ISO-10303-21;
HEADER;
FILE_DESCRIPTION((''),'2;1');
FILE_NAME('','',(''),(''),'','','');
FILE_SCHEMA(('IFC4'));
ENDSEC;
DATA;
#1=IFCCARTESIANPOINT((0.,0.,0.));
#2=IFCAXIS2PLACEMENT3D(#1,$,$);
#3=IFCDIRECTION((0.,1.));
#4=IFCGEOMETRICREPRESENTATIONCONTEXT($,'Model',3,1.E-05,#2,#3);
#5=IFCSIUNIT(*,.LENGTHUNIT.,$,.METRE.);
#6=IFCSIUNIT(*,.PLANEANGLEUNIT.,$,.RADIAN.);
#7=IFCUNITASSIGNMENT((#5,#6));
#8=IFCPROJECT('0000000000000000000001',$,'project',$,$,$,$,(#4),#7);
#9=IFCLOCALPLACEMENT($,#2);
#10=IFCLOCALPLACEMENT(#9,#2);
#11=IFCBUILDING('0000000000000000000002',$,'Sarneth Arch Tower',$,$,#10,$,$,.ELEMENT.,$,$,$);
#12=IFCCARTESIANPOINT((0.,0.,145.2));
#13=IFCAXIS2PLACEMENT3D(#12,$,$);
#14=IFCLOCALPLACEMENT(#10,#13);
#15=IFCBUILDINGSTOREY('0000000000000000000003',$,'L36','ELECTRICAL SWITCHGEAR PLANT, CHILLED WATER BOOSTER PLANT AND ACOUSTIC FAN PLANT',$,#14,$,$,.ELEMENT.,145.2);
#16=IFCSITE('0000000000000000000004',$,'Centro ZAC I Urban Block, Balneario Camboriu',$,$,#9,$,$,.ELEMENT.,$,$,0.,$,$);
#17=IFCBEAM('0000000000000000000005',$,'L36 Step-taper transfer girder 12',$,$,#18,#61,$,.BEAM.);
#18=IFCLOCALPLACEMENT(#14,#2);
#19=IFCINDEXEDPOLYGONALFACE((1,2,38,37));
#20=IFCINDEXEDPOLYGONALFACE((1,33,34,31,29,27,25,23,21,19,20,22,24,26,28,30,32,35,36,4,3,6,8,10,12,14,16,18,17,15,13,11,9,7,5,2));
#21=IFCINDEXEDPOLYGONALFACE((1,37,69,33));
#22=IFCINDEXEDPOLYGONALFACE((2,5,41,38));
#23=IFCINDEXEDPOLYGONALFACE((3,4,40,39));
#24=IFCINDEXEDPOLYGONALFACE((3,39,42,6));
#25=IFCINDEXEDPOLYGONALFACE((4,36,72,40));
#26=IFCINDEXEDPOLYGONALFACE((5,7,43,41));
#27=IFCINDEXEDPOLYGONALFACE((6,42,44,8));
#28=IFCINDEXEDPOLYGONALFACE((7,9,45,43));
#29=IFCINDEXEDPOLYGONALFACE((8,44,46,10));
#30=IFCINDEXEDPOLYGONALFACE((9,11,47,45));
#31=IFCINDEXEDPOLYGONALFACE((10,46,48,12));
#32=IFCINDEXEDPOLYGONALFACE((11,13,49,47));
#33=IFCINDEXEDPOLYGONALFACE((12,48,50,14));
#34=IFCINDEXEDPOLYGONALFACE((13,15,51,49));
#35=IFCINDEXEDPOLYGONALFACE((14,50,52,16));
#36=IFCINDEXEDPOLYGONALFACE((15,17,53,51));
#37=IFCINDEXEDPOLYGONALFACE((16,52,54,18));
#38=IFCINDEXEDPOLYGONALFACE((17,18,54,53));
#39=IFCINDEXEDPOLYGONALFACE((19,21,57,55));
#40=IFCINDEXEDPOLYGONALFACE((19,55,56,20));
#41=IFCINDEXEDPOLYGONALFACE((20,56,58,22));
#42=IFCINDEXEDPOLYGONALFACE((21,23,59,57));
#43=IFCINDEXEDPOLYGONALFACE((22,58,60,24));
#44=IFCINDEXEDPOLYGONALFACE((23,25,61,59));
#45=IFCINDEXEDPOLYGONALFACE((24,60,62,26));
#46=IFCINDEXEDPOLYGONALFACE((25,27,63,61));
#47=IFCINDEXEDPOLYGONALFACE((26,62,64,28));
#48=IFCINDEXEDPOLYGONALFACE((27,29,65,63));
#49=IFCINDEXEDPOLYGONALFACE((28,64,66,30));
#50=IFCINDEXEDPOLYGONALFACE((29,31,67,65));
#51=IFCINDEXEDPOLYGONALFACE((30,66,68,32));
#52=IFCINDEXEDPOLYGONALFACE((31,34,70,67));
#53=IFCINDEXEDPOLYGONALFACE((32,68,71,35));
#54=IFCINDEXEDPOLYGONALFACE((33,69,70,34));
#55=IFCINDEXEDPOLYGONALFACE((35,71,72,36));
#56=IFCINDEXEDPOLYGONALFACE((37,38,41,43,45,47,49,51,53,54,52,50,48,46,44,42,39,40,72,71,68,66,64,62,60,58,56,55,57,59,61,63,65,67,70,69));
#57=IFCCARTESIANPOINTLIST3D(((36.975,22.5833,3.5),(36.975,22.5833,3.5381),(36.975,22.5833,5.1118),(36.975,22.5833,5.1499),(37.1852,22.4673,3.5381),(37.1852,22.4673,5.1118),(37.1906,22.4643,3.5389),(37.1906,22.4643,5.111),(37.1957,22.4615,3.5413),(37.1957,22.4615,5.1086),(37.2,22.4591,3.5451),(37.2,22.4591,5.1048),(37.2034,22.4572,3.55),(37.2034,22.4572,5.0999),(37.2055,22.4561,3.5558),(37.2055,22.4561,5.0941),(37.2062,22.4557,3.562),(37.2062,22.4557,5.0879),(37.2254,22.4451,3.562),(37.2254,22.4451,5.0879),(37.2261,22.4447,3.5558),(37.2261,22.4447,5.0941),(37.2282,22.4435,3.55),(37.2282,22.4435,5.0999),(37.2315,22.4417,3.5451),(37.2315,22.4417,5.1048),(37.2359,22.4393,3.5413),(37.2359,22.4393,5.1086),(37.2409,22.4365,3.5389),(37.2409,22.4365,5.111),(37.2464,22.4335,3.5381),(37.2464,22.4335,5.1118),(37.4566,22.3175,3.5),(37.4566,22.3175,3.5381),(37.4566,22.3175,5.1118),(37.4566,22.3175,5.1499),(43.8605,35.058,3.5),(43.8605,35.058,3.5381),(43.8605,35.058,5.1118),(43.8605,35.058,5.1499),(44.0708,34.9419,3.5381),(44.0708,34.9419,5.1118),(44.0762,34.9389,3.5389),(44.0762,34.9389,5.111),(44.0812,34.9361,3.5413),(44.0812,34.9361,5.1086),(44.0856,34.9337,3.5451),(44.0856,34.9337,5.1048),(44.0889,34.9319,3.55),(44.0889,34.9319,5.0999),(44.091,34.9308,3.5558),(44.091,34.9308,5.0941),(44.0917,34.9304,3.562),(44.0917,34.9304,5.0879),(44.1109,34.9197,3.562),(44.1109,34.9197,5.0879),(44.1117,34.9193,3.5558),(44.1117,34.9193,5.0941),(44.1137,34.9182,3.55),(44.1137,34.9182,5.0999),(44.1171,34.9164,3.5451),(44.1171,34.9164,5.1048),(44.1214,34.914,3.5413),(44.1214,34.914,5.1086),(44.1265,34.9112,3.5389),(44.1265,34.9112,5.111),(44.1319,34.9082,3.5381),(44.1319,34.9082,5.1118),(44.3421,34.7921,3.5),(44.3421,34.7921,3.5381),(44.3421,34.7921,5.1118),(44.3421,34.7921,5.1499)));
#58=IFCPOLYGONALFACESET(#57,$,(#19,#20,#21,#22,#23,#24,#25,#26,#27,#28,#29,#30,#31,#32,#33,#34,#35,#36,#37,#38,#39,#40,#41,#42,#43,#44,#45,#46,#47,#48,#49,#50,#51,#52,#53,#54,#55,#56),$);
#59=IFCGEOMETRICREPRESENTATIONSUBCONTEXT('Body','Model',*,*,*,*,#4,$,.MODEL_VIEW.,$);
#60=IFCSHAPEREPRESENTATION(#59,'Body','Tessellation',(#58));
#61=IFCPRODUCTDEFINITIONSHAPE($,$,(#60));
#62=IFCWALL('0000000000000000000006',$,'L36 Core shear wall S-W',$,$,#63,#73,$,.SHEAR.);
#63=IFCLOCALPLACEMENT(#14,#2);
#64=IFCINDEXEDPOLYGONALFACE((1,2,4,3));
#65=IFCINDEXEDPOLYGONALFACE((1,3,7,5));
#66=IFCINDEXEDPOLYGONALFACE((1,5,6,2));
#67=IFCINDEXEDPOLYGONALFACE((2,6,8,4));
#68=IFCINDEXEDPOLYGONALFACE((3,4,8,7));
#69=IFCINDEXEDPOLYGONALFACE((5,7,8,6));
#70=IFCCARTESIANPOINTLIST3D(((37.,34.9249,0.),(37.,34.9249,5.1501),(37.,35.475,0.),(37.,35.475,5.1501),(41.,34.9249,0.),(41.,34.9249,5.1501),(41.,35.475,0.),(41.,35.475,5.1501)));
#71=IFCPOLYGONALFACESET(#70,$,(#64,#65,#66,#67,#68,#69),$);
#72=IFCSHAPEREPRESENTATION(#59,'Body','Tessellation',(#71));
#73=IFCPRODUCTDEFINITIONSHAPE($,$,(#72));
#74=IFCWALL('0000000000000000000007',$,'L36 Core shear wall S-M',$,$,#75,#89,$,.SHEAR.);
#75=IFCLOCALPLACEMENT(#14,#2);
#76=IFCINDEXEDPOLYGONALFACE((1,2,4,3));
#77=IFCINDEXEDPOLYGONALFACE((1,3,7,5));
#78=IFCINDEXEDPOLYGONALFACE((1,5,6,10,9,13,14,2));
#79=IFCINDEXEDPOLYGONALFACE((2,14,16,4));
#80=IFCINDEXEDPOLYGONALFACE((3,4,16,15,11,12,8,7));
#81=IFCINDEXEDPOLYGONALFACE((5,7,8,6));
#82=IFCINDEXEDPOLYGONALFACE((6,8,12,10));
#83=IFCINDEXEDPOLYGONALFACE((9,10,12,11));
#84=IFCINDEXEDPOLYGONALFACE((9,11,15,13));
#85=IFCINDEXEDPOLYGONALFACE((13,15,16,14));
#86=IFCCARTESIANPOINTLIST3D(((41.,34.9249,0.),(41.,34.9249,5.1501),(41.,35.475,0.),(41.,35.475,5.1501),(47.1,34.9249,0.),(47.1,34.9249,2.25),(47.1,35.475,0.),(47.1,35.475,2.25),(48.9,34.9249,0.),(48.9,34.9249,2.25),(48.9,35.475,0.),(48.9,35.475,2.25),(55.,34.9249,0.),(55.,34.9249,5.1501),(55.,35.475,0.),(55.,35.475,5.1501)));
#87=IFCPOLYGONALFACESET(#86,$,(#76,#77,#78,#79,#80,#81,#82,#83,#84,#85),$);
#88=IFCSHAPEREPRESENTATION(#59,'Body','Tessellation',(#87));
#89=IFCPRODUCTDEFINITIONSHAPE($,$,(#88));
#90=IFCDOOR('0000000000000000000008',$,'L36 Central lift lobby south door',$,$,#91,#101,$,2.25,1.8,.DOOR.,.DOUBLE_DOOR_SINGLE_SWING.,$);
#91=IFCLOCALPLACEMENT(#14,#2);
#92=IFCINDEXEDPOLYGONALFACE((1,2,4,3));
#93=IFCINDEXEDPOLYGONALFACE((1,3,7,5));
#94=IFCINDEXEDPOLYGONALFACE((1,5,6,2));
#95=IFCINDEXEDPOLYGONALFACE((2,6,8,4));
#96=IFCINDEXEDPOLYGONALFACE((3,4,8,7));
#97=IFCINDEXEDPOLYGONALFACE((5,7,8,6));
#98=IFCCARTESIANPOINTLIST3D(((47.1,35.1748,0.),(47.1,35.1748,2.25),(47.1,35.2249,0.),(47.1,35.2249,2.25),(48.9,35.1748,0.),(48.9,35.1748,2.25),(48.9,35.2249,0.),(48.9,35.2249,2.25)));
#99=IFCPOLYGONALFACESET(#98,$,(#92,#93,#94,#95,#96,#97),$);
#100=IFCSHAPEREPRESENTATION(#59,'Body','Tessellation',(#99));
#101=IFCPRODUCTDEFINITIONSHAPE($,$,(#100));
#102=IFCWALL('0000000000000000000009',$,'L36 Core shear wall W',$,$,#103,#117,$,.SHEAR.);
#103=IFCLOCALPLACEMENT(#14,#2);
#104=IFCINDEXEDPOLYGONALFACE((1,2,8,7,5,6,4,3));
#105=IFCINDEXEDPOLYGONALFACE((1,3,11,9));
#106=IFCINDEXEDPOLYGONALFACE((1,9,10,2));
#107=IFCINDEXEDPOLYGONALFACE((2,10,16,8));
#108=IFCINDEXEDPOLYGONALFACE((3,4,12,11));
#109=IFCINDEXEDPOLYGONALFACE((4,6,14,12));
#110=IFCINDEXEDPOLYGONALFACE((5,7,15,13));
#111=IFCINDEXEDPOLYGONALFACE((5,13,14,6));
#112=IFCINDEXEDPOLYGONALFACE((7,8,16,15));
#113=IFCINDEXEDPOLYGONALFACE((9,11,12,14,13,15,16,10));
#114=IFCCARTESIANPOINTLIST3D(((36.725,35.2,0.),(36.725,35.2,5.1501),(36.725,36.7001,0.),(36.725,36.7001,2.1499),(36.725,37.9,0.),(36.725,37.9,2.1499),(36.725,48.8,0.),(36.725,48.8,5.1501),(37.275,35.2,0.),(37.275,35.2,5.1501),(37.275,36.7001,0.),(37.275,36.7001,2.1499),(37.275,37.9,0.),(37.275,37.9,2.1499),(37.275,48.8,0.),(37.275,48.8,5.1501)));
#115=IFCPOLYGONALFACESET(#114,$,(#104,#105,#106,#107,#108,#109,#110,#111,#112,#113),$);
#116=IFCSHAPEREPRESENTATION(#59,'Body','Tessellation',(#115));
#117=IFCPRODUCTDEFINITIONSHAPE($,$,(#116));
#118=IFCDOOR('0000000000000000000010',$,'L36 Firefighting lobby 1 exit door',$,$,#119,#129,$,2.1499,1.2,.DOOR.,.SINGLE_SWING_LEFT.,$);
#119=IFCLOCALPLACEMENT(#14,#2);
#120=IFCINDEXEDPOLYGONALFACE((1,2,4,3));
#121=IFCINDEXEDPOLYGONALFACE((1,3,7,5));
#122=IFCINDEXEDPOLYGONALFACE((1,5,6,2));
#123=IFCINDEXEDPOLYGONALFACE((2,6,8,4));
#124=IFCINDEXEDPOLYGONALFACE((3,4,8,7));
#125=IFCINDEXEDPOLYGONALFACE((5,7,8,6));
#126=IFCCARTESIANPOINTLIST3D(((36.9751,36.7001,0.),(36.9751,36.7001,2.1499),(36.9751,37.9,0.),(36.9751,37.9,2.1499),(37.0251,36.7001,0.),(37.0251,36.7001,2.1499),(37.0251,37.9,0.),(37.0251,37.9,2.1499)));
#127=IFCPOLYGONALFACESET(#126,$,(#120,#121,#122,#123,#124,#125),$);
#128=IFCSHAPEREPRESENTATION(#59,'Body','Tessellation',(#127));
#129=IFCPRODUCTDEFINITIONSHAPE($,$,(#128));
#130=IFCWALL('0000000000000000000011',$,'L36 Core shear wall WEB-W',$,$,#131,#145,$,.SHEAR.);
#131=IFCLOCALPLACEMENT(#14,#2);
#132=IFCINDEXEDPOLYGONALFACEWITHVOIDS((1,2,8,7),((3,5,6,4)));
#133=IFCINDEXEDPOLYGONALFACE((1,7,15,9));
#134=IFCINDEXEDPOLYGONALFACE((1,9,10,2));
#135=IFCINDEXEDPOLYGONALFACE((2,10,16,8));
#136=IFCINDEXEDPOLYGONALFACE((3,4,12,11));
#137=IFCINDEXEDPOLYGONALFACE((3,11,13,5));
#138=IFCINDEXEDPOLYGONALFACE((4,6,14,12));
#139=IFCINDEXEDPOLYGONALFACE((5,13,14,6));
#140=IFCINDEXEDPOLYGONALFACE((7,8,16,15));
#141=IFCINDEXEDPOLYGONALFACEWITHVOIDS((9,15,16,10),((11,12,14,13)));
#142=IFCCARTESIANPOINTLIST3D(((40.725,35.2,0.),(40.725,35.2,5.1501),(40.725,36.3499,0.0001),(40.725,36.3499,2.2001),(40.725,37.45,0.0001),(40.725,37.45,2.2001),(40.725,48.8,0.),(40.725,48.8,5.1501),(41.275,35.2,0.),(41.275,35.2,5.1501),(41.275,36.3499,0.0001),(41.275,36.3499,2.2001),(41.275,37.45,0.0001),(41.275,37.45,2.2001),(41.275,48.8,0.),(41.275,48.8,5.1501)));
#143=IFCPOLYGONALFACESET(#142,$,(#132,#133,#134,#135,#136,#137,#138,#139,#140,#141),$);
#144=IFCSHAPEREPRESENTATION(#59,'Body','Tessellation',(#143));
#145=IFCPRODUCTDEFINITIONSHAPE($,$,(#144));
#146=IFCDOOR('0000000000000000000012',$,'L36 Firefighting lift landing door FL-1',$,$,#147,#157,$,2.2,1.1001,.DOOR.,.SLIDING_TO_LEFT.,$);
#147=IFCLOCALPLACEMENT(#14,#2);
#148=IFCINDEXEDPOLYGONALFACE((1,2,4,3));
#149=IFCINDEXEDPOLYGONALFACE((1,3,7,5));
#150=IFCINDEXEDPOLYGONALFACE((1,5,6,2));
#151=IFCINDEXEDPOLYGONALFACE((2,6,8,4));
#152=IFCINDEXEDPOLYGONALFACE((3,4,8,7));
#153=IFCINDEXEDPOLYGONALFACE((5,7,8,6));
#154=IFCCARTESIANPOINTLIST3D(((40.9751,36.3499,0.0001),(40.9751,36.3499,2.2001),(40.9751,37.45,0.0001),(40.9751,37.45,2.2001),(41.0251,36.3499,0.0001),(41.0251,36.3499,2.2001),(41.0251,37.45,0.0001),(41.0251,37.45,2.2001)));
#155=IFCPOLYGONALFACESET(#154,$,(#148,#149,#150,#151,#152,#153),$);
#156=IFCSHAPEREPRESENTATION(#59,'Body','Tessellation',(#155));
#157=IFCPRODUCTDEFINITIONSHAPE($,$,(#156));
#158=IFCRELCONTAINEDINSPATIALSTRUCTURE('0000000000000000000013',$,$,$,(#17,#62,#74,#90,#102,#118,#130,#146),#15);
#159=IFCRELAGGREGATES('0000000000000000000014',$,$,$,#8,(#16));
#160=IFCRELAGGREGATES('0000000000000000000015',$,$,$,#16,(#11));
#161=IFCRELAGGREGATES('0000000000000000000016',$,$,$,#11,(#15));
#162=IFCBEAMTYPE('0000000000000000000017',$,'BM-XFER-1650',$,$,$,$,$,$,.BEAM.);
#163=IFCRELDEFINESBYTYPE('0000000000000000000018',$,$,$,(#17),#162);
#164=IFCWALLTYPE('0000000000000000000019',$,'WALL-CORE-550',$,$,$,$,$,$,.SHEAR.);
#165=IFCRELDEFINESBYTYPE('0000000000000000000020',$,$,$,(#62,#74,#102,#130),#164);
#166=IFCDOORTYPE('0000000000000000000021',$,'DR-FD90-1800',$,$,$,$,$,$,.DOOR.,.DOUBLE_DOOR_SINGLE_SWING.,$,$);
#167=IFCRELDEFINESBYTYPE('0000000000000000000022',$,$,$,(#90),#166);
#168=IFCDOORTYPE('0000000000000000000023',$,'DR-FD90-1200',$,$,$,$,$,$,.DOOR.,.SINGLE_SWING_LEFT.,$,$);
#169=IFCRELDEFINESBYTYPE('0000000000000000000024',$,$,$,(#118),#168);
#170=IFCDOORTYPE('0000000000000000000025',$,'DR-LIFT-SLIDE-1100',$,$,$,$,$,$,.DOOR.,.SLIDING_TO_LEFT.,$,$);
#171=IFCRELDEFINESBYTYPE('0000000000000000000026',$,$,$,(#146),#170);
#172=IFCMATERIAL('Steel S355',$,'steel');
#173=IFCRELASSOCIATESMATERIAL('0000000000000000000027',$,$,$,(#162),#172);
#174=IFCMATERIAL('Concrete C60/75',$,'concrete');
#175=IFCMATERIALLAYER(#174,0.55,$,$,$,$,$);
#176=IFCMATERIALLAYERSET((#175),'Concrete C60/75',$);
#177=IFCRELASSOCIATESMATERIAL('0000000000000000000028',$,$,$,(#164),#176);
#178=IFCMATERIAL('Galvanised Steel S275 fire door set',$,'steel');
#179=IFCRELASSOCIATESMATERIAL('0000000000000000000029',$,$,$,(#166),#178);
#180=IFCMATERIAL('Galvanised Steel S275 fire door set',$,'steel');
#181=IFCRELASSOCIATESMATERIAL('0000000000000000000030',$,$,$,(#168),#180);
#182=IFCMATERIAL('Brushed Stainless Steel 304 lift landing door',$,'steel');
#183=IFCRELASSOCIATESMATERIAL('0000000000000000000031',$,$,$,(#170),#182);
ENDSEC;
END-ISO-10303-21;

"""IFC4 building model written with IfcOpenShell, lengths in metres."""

from ifc_helpers import new_model, si_unit, direction, frame, frame_2d, origin, origin_2d, place, context, subcontext, project, spatial, rectangle, i_section, extrude, material, layer, layer_set, material_profile, profile_set, type_object, element, fill, save


model = new_model("IFC4")

# Units and contexts
model_context = context("Model", 3, precision=1e-05, world=origin(), true_north=direction((0.0, 1.0)))
body_context = subcontext(model_context, "Body", "Model", "MODEL_VIEW")
ifc_project = project(units=[si_unit("LENGTHUNIT", "METRE"), si_unit("PLANEANGLEUNIT", "RADIAN")], contexts=[model_context])

# Site, building, storey
site_placement = place(None, origin())
site = spatial("IfcSite", under=ifc_project, at=site_placement, Name="Centro ZAC I Urban Block, Balneario Camboriu", CompositionType="ELEMENT", RefElevation=0.0)
building_placement = place(site_placement, origin())
building = spatial("IfcBuilding", under=site, at=building_placement, Name="Sarneth Arch Tower", CompositionType="ELEMENT")
storey_placement = place(building_placement, frame((0.0, 0.0, 145.2)))
storey = spatial("IfcBuildingStorey", under=building, at=storey_placement, Name="L36", Description="ELECTRICAL SWITCHGEAR PLANT, CHILLED WATER BOOSTER PLANT AND ACOUSTIC FAN PLANT", CompositionType="ELEMENT", Elevation=145.2)

# Beam
ifc_material_1 = material(Name="Steel S355", Category="steel")
ifc_material_profile_1 = material_profile(ifc_material_1, i_section(OverallWidth=0.55, OverallDepth=1.6499, WebThickness=0.022, FlangeThickness=0.0381, FilletRadius=0.0239, at=origin_2d()), Name="CVS1650x680")
ifc_profile_set_1 = profile_set([ifc_material_profile_1], Name="Steel S355")
beam_type_1 = type_object("IfcBeamType", Name="BM-XFER-1650", PredefinedType="BEAM", material=ifc_profile_set_1)
beam_1_placement = place(storey_placement, frame((44.1013, 34.925, 4.325), z_axis=(-0.483236, -0.87549, 0.0), x_axis=(0.87549, -0.483236, 0.0)))
element("IfcBeam", 1, at=beam_1_placement, inside=storey, type_object=beam_type_1, Name="L36 Step-taper transfer girder 12", PredefinedType="BEAM", context=body_context, shape_type="SweptSolid", body=[
    extrude(i_section(OverallWidth=0.55, OverallDepth=1.6499, WebThickness=0.022, FlangeThickness=0.0381, FilletRadius=0.0239, at=origin_2d()), origin(), (0.0, 0.0, 1.0), 14.2488),
])

# Wall
ifc_material_2 = material(Name="Concrete C60/75", Category="concrete")
ifc_layer_1 = layer(ifc_material_2, 0.55)
ifc_layer_set_1 = layer_set([ifc_layer_1], Name="Concrete C60/75")
wall_type_1 = type_object("IfcWallType", Name="WALL-CORE-550", PredefinedType="SHEAR", material=ifc_layer_set_1)
wall_1_placement = place(storey_placement, frame((37.0, 35.2, 0.0), z_axis=(0.0, 0.0, 1.0), x_axis=(1.0, 0.0, 0.0)))
element("IfcWall", 2, at=wall_1_placement, inside=storey, type_object=wall_type_1, Name="L36 Core shear wall S-W", PredefinedType="SHEAR", context=body_context, shape_type="SweptSolid", body=[
    extrude(rectangle(XDim=4.0, YDim=0.55, at=frame_2d((2.0, 0.0))), origin(), (0.0, 0.0, 1.0), 5.1501),
])

# Walls, openings, doors
wall_2_placement = place(storey_placement, frame((41.0, 35.2, 0.0), z_axis=(0.0, 0.0, 1.0), x_axis=(1.0, 0.0, 0.0)))
wall_2 = element("IfcWall", 3, at=wall_2_placement, inside=storey, type_object=wall_type_1, Name="L36 Core shear wall S-M", PredefinedType="SHEAR", context=body_context, shape_type="SweptSolid", body=[
    extrude(rectangle(XDim=14.0, YDim=0.55, at=frame_2d((7.0, 0.0))), origin(), (0.0, 0.0, 1.0), 5.1501),
])
opening_1_placement = place(wall_2_placement, frame((6.1001, 0.0, 0.0)))
opening_1 = element("IfcOpeningElement", 4, at=opening_1_placement, cuts=wall_2, PredefinedType="OPENING", context=body_context, shape_type="SweptSolid", body=[
    extrude(rectangle(XDim=1.8, YDim=2.25, at=frame_2d((0.8999, 1.125))), frame((0.0, 0.2849, 0.0), z_axis=(0.0, -1.0, 0.0), x_axis=(1.0, 0.0, 0.0)), (0.0, 0.0, 1.0), 0.5701),
])
ifc_material_3 = material(Name="Galvanised Steel S275 fire door set", Category="steel")
door_type_1 = type_object("IfcDoorType", Name="DR-FD90-1800", OperationType="DOUBLE_DOOR_SINGLE_SWING", PredefinedType="DOOR", material=ifc_material_3)
door_1_placement = place(opening_1_placement, origin())
door_1 = element("IfcDoor", 5, at=door_1_placement, inside=storey, type_object=door_type_1, Name="L36 Central lift lobby south door", OperationType="DOUBLE_DOOR_SINGLE_SWING", OverallHeight=2.25, OverallWidth=1.8, PredefinedType="DOOR", context=body_context, shape_type="SweptSolid", body=[
    extrude(rectangle(XDim=1.8, YDim=2.25, at=frame_2d((0.8999, 1.125))), frame((0.0, 0.0249, 0.0), z_axis=(0.0, -1.0, 0.0), x_axis=(1.0, 0.0, 0.0)), (0.0, 0.0, 1.0), 0.05),
])
fill(opening_1, door_1)
wall_3_placement = place(storey_placement, frame((37.0, 35.2, 0.0), z_axis=(0.0, 0.0, 1.0), x_axis=(0.0, 1.0, 0.0)))
wall_3 = element("IfcWall", 6, at=wall_3_placement, inside=storey, type_object=wall_type_1, Name="L36 Core shear wall W", PredefinedType="SHEAR", context=body_context, shape_type="SweptSolid", body=[
    extrude(rectangle(XDim=13.6001, YDim=0.55, at=frame_2d((6.8, 0.0))), origin(), (0.0, 0.0, 1.0), 5.1501),
])
opening_2_placement = place(wall_3_placement, frame((1.5, 0.0, 0.0)))
opening_2 = element("IfcOpeningElement", 7, at=opening_2_placement, cuts=wall_3, PredefinedType="OPENING", context=body_context, shape_type="SweptSolid", body=[
    extrude(rectangle(XDim=1.2, YDim=2.1499, at=frame_2d((0.6001, 1.075))), frame((0.0, 0.2849, 0.0), z_axis=(0.0, -1.0, 0.0), x_axis=(1.0, 0.0, 0.0)), (0.0, 0.0, 1.0), 0.5701),
])
ifc_material_4 = material(Name="Galvanised Steel S275 fire door set", Category="steel")
door_type_2 = type_object("IfcDoorType", Name="DR-FD90-1200", OperationType="SINGLE_SWING_LEFT", PredefinedType="DOOR", material=ifc_material_4)
door_2_placement = place(opening_2_placement, origin())
door_2 = element("IfcDoor", 8, at=door_2_placement, inside=storey, type_object=door_type_2, Name="L36 Firefighting lobby 1 exit door", OperationType="SINGLE_SWING_LEFT", OverallHeight=2.1499, OverallWidth=1.2, PredefinedType="DOOR", context=body_context, shape_type="SweptSolid", body=[
    extrude(rectangle(XDim=1.2, YDim=2.1499, at=frame_2d((0.6001, 1.075))), frame((0.0, 0.0249, 0.0), z_axis=(0.0, -1.0, 0.0), x_axis=(1.0, 0.0, 0.0)), (0.0, 0.0, 1.0), 0.05),
])
fill(opening_2, door_2)
wall_4_placement = place(storey_placement, frame((41.0, 35.2, 0.0), z_axis=(0.0, 0.0, 1.0), x_axis=(0.0, 1.0, 0.0)))
wall_4 = element("IfcWall", 9, at=wall_4_placement, inside=storey, type_object=wall_type_1, Name="L36 Core shear wall WEB-W", PredefinedType="SHEAR", context=body_context, shape_type="SweptSolid", body=[
    extrude(rectangle(XDim=13.6001, YDim=0.55, at=frame_2d((6.8, 0.0))), origin(), (0.0, 0.0, 1.0), 5.1501),
])
opening_3_placement = place(wall_4_placement, frame((1.1499, 0.0, 0.0)))
opening_3 = element("IfcOpeningElement", 10, at=opening_3_placement, cuts=wall_4, PredefinedType="OPENING", context=body_context, shape_type="SweptSolid", body=[
    extrude(rectangle(XDim=1.1001, YDim=2.2, at=frame_2d((0.55, 1.1001))), frame((0.0, 0.2849, 0.0), z_axis=(0.0, -1.0, 0.0), x_axis=(1.0, 0.0, 0.0)), (0.0, 0.0, 1.0), 0.5701),
])
ifc_material_5 = material(Name="Brushed Stainless Steel 304 lift landing door", Category="steel")
door_type_3 = type_object("IfcDoorType", Name="DR-LIFT-SLIDE-1100", OperationType="SLIDING_TO_LEFT", PredefinedType="DOOR", material=ifc_material_5)
door_3_placement = place(opening_3_placement, origin())
door_3 = element("IfcDoor", 11, at=door_3_placement, inside=storey, type_object=door_type_3, Name="L36 Firefighting lift landing door FL-1", OperationType="SLIDING_TO_LEFT", OverallHeight=2.2, OverallWidth=1.1001, PredefinedType="DOOR", context=body_context, shape_type="SweptSolid", body=[
    extrude(rectangle(XDim=1.1001, YDim=2.2, at=frame_2d((0.55, 1.1001))), frame((0.0, 0.0249, 0.0), z_axis=(0.0, -1.0, 0.0), x_axis=(1.0, 0.0, 0.0)), (0.0, 0.0, 1.0), 0.05),
])
fill(opening_3, door_3)

save(model, "model.ifc")
